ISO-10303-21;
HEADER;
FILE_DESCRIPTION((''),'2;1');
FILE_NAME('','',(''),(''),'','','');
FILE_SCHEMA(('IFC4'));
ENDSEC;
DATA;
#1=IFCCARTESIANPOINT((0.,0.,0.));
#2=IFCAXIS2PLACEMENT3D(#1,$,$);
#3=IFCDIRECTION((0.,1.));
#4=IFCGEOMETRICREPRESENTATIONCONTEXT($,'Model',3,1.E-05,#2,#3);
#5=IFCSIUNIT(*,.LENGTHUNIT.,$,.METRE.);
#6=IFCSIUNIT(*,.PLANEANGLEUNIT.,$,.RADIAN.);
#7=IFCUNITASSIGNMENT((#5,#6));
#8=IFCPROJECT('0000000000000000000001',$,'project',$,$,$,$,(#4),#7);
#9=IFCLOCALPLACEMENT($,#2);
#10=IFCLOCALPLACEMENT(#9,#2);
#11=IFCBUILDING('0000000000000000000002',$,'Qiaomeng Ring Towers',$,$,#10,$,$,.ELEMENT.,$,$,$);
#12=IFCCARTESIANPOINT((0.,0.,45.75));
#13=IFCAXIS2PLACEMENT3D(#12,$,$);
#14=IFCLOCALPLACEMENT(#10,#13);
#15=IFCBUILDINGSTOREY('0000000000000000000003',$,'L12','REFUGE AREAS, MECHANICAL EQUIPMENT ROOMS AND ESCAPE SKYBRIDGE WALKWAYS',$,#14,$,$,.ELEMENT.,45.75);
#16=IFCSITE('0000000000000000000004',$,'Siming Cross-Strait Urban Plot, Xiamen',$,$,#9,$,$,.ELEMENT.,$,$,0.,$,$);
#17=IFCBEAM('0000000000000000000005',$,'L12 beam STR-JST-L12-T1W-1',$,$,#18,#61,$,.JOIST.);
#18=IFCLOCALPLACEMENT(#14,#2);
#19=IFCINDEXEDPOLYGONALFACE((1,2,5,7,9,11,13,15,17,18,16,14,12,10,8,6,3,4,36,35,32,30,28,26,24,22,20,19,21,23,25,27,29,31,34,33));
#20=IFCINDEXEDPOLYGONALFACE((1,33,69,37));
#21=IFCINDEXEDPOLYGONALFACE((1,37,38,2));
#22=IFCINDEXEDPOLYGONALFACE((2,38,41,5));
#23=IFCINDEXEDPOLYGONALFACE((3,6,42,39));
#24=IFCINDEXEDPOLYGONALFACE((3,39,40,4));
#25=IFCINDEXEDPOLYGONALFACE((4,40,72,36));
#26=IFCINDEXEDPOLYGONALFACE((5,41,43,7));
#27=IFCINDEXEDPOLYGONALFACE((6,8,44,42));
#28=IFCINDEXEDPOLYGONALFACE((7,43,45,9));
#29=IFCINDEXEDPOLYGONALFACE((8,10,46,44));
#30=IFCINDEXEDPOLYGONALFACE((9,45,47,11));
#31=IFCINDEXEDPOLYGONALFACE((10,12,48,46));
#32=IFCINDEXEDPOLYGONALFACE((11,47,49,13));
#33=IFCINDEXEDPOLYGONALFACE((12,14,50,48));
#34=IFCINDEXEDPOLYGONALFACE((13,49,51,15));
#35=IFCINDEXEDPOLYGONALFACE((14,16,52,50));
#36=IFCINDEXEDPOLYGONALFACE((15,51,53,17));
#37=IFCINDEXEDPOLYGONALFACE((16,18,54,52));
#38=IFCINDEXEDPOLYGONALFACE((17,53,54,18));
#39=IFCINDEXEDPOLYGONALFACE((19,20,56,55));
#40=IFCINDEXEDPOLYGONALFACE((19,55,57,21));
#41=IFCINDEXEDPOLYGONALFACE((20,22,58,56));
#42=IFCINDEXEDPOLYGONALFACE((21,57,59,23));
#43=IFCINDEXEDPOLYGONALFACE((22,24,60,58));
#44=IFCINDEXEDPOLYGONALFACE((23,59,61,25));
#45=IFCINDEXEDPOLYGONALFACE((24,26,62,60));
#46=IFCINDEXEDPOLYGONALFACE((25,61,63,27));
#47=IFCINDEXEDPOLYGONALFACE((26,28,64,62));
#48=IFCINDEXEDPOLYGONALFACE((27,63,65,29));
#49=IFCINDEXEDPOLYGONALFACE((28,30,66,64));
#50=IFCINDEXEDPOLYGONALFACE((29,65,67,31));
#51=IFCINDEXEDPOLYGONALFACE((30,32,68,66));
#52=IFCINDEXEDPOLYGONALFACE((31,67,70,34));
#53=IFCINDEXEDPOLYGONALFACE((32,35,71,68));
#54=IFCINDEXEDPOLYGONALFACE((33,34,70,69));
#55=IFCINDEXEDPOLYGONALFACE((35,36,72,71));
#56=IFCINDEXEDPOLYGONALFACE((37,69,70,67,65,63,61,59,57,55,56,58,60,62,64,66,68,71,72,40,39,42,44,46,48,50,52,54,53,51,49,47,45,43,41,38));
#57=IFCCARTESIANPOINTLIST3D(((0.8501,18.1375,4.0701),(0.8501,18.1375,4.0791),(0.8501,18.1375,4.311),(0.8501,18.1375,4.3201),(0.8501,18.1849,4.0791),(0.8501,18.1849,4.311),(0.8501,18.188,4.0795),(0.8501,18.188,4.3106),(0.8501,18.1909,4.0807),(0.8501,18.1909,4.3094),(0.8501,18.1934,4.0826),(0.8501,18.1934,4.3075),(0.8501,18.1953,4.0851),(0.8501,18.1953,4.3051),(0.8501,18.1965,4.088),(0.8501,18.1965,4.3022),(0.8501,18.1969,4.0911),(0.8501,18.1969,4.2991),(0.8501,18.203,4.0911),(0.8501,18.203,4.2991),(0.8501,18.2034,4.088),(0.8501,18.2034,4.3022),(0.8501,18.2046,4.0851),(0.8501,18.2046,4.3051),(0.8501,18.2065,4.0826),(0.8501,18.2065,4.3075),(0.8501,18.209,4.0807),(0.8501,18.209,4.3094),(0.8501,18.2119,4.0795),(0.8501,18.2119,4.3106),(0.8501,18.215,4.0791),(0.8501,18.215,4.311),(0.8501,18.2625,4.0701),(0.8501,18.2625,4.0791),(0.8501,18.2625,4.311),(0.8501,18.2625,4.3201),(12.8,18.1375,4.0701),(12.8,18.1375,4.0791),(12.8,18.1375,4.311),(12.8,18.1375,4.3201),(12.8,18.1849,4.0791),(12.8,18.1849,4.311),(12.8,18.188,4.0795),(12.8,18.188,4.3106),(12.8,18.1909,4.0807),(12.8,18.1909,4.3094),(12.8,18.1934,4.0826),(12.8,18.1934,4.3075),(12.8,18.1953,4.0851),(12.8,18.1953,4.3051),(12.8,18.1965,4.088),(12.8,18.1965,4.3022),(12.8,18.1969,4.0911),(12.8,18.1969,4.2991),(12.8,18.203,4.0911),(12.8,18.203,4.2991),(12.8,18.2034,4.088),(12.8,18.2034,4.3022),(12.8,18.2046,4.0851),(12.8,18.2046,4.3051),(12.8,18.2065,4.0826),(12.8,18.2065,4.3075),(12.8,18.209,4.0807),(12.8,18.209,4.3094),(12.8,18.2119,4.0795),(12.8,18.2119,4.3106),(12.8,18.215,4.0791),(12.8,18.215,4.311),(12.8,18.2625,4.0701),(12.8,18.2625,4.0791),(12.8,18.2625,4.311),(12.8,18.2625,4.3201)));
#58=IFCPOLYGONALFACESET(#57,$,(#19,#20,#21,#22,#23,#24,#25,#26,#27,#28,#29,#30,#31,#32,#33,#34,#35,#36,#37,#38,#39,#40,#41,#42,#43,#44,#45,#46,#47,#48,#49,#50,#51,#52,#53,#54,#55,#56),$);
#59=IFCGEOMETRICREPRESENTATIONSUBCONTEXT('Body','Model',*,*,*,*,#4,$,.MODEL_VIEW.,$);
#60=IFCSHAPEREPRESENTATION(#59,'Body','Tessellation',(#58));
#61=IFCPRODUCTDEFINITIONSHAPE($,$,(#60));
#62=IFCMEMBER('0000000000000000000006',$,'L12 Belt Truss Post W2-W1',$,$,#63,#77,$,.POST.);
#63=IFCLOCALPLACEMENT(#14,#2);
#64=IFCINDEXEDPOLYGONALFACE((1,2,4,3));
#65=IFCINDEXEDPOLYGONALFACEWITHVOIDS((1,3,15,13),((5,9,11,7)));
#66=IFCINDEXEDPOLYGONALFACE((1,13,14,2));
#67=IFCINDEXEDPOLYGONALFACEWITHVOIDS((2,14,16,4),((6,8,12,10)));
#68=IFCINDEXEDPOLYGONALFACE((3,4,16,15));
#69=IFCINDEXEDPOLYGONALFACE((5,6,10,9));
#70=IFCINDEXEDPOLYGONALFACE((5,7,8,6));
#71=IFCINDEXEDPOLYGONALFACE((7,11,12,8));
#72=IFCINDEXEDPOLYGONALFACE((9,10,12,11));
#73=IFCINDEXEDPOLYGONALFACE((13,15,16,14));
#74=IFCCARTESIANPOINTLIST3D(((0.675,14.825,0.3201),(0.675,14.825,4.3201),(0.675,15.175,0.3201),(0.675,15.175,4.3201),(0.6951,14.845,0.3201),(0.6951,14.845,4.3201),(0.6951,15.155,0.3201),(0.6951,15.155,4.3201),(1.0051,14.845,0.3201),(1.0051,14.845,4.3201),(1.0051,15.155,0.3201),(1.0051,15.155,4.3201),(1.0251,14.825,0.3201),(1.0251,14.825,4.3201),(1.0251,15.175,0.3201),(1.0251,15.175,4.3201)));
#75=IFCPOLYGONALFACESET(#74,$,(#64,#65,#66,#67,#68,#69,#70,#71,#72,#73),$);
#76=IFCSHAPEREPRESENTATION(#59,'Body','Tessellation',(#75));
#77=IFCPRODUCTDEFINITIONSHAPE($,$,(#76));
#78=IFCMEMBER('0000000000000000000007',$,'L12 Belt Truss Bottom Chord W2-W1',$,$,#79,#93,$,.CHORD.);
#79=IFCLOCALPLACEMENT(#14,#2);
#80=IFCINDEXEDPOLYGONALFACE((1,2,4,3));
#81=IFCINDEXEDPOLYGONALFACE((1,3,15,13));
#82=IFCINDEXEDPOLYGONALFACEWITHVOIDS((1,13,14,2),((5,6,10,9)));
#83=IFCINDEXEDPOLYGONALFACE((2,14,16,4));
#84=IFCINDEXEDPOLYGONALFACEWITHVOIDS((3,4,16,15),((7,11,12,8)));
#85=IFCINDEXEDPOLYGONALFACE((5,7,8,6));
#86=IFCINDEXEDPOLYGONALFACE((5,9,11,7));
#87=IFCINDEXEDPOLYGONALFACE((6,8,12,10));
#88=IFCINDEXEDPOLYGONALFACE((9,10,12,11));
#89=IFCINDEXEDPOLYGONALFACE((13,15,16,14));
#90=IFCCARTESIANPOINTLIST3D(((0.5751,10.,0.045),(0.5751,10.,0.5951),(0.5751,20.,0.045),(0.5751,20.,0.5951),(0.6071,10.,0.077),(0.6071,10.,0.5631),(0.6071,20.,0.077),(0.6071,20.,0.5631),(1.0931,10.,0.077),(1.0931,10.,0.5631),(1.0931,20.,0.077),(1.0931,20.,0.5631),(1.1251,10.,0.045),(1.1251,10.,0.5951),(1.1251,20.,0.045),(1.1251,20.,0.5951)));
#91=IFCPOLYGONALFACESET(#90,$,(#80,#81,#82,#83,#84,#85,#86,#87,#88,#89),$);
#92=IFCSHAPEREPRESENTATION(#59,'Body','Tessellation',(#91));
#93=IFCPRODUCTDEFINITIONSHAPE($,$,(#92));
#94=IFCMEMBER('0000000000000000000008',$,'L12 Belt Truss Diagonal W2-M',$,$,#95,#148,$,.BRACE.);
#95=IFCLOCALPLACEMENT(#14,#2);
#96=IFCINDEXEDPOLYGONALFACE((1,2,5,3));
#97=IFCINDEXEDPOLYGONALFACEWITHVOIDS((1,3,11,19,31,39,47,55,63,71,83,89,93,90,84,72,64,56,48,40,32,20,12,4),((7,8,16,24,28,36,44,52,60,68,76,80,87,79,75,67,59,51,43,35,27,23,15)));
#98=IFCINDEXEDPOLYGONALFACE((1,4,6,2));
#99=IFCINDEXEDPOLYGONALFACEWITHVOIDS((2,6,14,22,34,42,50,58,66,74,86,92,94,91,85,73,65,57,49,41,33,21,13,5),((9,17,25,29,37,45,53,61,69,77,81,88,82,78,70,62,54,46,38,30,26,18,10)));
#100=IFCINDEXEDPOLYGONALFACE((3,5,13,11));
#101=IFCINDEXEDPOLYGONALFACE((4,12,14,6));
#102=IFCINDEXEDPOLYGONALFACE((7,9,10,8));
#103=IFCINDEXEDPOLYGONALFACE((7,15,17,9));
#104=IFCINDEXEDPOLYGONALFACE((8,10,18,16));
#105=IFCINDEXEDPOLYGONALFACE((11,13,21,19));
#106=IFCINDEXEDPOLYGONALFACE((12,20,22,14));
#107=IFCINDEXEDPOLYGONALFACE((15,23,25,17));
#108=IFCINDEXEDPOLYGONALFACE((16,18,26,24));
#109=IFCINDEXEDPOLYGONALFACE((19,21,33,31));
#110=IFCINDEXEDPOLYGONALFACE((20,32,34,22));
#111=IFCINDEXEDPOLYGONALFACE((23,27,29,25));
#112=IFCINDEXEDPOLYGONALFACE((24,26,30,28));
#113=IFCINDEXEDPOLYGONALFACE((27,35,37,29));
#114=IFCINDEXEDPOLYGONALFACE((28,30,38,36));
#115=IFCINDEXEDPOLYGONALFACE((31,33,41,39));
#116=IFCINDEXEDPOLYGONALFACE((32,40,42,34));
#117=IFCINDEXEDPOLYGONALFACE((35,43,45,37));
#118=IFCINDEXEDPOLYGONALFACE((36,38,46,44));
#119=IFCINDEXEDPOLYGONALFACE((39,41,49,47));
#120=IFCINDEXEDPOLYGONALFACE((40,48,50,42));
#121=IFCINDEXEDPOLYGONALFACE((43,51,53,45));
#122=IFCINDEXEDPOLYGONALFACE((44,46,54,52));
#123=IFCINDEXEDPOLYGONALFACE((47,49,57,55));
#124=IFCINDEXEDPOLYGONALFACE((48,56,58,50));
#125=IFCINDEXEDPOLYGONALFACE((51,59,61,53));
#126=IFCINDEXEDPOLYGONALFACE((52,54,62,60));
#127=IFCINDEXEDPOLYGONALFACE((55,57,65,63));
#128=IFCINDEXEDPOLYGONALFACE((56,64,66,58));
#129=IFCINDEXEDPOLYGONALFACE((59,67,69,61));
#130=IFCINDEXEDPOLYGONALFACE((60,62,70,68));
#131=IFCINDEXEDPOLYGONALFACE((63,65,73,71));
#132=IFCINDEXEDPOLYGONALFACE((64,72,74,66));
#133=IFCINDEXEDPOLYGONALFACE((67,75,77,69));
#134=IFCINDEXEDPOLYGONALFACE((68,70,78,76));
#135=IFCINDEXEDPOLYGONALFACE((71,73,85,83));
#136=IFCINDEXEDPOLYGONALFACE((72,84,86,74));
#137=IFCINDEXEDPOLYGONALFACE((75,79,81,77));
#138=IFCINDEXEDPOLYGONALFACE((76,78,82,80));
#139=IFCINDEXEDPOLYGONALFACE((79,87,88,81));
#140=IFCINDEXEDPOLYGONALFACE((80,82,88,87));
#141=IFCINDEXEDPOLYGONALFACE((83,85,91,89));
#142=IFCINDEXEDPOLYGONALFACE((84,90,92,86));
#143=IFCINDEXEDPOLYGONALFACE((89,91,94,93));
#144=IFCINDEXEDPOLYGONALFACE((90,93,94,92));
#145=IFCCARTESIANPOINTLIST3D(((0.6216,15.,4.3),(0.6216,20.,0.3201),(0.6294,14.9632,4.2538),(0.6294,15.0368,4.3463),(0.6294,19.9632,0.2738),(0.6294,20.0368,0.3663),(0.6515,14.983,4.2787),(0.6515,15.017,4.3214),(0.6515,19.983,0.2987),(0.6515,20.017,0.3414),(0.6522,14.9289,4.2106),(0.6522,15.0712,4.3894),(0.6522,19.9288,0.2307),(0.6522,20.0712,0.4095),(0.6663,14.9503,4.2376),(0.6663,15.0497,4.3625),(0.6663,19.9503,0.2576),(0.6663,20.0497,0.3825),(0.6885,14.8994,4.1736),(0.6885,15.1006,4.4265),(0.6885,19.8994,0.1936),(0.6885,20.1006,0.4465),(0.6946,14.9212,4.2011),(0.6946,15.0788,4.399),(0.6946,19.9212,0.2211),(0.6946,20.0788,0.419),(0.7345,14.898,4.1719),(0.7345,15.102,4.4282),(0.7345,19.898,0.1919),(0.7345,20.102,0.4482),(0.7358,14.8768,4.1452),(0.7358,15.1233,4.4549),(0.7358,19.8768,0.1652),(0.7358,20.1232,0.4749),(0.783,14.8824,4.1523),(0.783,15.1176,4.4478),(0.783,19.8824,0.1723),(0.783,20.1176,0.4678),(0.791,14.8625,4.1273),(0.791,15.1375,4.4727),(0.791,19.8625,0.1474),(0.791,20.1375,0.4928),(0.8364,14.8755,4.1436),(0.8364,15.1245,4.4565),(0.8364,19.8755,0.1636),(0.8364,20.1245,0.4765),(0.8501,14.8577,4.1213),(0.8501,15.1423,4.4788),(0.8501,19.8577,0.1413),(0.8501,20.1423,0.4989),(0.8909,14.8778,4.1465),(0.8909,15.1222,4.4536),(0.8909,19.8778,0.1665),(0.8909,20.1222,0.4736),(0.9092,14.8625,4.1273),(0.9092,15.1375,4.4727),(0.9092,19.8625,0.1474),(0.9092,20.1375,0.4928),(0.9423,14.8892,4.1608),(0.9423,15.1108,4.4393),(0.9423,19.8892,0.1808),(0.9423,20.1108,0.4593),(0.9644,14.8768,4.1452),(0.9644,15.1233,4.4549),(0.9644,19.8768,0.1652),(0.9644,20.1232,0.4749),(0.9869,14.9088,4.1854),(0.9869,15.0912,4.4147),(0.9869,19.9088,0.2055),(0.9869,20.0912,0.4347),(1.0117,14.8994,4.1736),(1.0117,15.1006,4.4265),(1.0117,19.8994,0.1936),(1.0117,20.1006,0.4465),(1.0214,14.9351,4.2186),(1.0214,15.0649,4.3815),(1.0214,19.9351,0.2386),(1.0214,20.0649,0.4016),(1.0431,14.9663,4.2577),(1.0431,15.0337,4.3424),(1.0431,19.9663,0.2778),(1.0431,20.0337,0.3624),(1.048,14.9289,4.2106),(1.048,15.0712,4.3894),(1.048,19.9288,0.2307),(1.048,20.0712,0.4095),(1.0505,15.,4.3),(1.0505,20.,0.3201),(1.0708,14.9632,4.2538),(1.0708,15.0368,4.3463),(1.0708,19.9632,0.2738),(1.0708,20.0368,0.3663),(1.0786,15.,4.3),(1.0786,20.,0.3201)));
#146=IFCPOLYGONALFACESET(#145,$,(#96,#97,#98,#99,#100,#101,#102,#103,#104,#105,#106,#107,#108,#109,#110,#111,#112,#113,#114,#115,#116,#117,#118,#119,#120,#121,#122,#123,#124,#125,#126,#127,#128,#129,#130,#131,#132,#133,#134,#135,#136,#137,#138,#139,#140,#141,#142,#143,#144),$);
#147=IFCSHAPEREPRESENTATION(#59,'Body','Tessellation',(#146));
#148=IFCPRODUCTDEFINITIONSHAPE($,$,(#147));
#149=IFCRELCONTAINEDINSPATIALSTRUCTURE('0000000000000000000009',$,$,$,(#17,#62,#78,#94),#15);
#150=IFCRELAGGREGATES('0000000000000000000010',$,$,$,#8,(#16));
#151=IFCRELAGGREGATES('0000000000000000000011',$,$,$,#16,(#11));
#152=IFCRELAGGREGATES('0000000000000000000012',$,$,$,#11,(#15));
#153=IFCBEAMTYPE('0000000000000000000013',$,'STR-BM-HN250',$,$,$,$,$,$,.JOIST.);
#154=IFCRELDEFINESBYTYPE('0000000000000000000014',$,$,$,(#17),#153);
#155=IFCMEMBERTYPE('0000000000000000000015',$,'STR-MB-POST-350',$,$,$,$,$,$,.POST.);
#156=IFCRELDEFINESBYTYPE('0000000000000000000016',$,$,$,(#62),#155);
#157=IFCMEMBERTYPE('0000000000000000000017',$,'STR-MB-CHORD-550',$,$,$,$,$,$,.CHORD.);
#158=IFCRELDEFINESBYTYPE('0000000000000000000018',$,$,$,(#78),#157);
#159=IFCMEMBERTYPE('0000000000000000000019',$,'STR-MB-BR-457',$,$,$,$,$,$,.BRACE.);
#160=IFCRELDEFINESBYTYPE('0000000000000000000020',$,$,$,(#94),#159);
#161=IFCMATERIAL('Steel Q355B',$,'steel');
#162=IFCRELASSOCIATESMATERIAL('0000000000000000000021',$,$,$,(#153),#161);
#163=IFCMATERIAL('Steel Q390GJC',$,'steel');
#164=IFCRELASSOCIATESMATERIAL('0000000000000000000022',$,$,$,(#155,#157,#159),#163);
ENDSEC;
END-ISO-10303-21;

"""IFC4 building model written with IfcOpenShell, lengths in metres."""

from ifc_helpers import new_model, si_unit, direction, frame, origin, origin_2d, place, context, subcontext, project, spatial, hollow_rectangle, hollow_circle, i_section, extrude, source, transform, mapped, material, material_profile, profile_set, type_object, element, save


model = new_model("IFC4")

# Units and contexts
model_context = context("Model", 3, precision=1e-05, world=origin(), true_north=direction((0.0, 1.0)))
body_context = subcontext(model_context, "Body", "Model", "MODEL_VIEW")
ifc_project = project(units=[si_unit("LENGTHUNIT", "METRE"), si_unit("PLANEANGLEUNIT", "RADIAN")], contexts=[model_context])

# Site, building, storey
site_placement = place(None, origin())
site = spatial("IfcSite", under=ifc_project, at=site_placement, Name="Siming Cross-Strait Urban Plot, Xiamen", CompositionType="ELEMENT", RefElevation=0.0)
building_placement = place(site_placement, origin())
building = spatial("IfcBuilding", under=site, at=building_placement, Name="Qiaomeng Ring Towers", CompositionType="ELEMENT")
storey_placement = place(building_placement, frame((0.0, 0.0, 45.75)))
storey = spatial("IfcBuildingStorey", under=building, at=storey_placement, Name="L12", Description="REFUGE AREAS, MECHANICAL EQUIPMENT ROOMS AND ESCAPE SKYBRIDGE WALKWAYS", CompositionType="ELEMENT", Elevation=45.75)

# Beam
ifc_material_1 = material(Name="Steel Q355B", Category="steel")
ifc_material_profile_1 = material_profile(ifc_material_1, i_section(OverallWidth=0.125, OverallDepth=0.25, WebThickness=0.0061, FlangeThickness=0.009, FilletRadius=0.012, at=origin_2d()), Name="HN 250x125x6x9")
ifc_profile_set_1 = profile_set([ifc_material_profile_1], Name="Steel Q355B")
beam_type_1 = type_object("IfcBeamType", Name="STR-BM-HN250", PredefinedType="JOIST", material=ifc_profile_set_1)
shared_shape_1 = source(origin(), body_context, "Body", "SweptSolid", [
    extrude(i_section(OverallWidth=0.125, OverallDepth=0.25, WebThickness=0.0061, FlangeThickness=0.009, FilletRadius=0.012, at=origin_2d()), origin(), (0.0, 0.0, 1.0), 11.95),
])
beam_1_placement = place(storey_placement, frame((0.8501, 18.2, 4.1951), z_axis=(1.0, 0.0, 0.0), x_axis=(0.0, 1.0, 0.0)))
element("IfcBeam", 1, at=beam_1_placement, inside=storey, type_object=beam_type_1, Name="L12 beam STR-JST-L12-T1W-1", PredefinedType="JOIST", context=body_context, shape_type="MappedRepresentation", body=[
    mapped(shared_shape_1, transform((0.0, 0.0, 0.0), x_axis=(1.0, 0.0, 0.0), y_axis=(0.0, 1.0, 0.0), z_axis=(0.0, 0.0, 1.0), scale=1.0)),
])

# Members
ifc_material_2 = material(Name="Steel Q390GJC", Category="steel")
ifc_material_profile_2 = material_profile(ifc_material_2, hollow_rectangle(XDim=0.3501, YDim=0.3501, WallThickness=0.02, at=origin_2d()), Name="SHS 350x350x20")
ifc_profile_set_2 = profile_set([ifc_material_profile_2], Name="Steel Q390GJC")
member_type_1 = type_object("IfcMemberType", Name="STR-MB-POST-350", PredefinedType="POST", material=ifc_profile_set_2)
shared_shape_2 = source(origin(), body_context, "Body", "SweptSolid", [
    extrude(hollow_rectangle(XDim=0.3501, YDim=0.3501, WallThickness=0.02, at=origin_2d()), origin(), (0.0, 0.0, 1.0), 4.0),
])
member_1_placement = place(storey_placement, frame((0.8501, 15.0, 0.3201), z_axis=(0.0, 0.0, 1.0), x_axis=(1.0, 0.0, 0.0)))
element("IfcMember", 2, at=member_1_placement, inside=storey, type_object=member_type_1, Name="L12 Belt Truss Post W2-W1", PredefinedType="POST", context=body_context, shape_type="MappedRepresentation", body=[
    mapped(shared_shape_2, transform((0.0, 0.0, 0.0), x_axis=(1.0, 0.0, 0.0), y_axis=(0.0, 1.0, 0.0), z_axis=(0.0, 0.0, 1.0), scale=1.0)),
])
ifc_material_profile_3 = material_profile(ifc_material_2, hollow_rectangle(XDim=0.55, YDim=0.55, WallThickness=0.032, at=origin_2d()), Name="SHS 550x550x32")
ifc_profile_set_3 = profile_set([ifc_material_profile_3], Name="Steel Q390GJC")
member_type_2 = type_object("IfcMemberType", Name="STR-MB-CHORD-550", PredefinedType="CHORD", material=ifc_profile_set_3)
shared_shape_3 = source(origin(), body_context, "Body", "SweptSolid", [
    extrude(hollow_rectangle(XDim=0.55, YDim=0.55, WallThickness=0.032, at=origin_2d()), origin(), (0.0, 0.0, 1.0), 10.0),
])
member_2_placement = place(storey_placement, frame((0.8501, 20.0, 0.3201), z_axis=(0.0, -1.0, 0.0), x_axis=(1.0, 0.0, 0.0)))
element("IfcMember", 3, at=member_2_placement, inside=storey, type_object=member_type_2, Name="L12 Belt Truss Bottom Chord W2-W1", PredefinedType="CHORD", context=body_context, shape_type="MappedRepresentation", body=[
    mapped(shared_shape_3, transform((0.0, 0.0, 0.0), x_axis=(1.0, 0.0, 0.0), y_axis=(0.0, 1.0, 0.0), z_axis=(0.0, 0.0, 1.0), scale=1.0)),
])
ifc_material_profile_4 = material_profile(ifc_material_2, hollow_circle(Radius=0.2285, WallThickness=0.0281, at=origin_2d()), Name="CHS 457x28")
ifc_profile_set_4 = profile_set([ifc_material_profile_4], Name="Steel Q390GJC")
member_type_3 = type_object("IfcMemberType", Name="STR-MB-BR-457", PredefinedType="BRACE", material=ifc_profile_set_4)
shared_shape_4 = source(origin(), body_context, "Body", "SweptSolid", [
    extrude(hollow_circle(Radius=0.2285, WallThickness=0.0281, at=origin_2d()), origin(), (0.0, 0.0, 1.0), 6.3906),
])
member_3_placement = place(storey_placement, frame((0.8501, 20.0, 0.3201), z_axis=(0.0, -0.782395, 0.622783), x_axis=(1.0, 0.0, 0.0)))
element("IfcMember", 4, at=member_3_placement, inside=storey, type_object=member_type_3, Name="L12 Belt Truss Diagonal W2-M", PredefinedType="BRACE", context=body_context, shape_type="MappedRepresentation", body=[
    mapped(shared_shape_4, transform((0.0, 0.0, 0.0), x_axis=(1.0, 0.0, 0.0), y_axis=(0.0, 1.0, 0.0), z_axis=(0.0, 0.0, 1.0), scale=1.0)),
])

save(model, "model.ifc")
